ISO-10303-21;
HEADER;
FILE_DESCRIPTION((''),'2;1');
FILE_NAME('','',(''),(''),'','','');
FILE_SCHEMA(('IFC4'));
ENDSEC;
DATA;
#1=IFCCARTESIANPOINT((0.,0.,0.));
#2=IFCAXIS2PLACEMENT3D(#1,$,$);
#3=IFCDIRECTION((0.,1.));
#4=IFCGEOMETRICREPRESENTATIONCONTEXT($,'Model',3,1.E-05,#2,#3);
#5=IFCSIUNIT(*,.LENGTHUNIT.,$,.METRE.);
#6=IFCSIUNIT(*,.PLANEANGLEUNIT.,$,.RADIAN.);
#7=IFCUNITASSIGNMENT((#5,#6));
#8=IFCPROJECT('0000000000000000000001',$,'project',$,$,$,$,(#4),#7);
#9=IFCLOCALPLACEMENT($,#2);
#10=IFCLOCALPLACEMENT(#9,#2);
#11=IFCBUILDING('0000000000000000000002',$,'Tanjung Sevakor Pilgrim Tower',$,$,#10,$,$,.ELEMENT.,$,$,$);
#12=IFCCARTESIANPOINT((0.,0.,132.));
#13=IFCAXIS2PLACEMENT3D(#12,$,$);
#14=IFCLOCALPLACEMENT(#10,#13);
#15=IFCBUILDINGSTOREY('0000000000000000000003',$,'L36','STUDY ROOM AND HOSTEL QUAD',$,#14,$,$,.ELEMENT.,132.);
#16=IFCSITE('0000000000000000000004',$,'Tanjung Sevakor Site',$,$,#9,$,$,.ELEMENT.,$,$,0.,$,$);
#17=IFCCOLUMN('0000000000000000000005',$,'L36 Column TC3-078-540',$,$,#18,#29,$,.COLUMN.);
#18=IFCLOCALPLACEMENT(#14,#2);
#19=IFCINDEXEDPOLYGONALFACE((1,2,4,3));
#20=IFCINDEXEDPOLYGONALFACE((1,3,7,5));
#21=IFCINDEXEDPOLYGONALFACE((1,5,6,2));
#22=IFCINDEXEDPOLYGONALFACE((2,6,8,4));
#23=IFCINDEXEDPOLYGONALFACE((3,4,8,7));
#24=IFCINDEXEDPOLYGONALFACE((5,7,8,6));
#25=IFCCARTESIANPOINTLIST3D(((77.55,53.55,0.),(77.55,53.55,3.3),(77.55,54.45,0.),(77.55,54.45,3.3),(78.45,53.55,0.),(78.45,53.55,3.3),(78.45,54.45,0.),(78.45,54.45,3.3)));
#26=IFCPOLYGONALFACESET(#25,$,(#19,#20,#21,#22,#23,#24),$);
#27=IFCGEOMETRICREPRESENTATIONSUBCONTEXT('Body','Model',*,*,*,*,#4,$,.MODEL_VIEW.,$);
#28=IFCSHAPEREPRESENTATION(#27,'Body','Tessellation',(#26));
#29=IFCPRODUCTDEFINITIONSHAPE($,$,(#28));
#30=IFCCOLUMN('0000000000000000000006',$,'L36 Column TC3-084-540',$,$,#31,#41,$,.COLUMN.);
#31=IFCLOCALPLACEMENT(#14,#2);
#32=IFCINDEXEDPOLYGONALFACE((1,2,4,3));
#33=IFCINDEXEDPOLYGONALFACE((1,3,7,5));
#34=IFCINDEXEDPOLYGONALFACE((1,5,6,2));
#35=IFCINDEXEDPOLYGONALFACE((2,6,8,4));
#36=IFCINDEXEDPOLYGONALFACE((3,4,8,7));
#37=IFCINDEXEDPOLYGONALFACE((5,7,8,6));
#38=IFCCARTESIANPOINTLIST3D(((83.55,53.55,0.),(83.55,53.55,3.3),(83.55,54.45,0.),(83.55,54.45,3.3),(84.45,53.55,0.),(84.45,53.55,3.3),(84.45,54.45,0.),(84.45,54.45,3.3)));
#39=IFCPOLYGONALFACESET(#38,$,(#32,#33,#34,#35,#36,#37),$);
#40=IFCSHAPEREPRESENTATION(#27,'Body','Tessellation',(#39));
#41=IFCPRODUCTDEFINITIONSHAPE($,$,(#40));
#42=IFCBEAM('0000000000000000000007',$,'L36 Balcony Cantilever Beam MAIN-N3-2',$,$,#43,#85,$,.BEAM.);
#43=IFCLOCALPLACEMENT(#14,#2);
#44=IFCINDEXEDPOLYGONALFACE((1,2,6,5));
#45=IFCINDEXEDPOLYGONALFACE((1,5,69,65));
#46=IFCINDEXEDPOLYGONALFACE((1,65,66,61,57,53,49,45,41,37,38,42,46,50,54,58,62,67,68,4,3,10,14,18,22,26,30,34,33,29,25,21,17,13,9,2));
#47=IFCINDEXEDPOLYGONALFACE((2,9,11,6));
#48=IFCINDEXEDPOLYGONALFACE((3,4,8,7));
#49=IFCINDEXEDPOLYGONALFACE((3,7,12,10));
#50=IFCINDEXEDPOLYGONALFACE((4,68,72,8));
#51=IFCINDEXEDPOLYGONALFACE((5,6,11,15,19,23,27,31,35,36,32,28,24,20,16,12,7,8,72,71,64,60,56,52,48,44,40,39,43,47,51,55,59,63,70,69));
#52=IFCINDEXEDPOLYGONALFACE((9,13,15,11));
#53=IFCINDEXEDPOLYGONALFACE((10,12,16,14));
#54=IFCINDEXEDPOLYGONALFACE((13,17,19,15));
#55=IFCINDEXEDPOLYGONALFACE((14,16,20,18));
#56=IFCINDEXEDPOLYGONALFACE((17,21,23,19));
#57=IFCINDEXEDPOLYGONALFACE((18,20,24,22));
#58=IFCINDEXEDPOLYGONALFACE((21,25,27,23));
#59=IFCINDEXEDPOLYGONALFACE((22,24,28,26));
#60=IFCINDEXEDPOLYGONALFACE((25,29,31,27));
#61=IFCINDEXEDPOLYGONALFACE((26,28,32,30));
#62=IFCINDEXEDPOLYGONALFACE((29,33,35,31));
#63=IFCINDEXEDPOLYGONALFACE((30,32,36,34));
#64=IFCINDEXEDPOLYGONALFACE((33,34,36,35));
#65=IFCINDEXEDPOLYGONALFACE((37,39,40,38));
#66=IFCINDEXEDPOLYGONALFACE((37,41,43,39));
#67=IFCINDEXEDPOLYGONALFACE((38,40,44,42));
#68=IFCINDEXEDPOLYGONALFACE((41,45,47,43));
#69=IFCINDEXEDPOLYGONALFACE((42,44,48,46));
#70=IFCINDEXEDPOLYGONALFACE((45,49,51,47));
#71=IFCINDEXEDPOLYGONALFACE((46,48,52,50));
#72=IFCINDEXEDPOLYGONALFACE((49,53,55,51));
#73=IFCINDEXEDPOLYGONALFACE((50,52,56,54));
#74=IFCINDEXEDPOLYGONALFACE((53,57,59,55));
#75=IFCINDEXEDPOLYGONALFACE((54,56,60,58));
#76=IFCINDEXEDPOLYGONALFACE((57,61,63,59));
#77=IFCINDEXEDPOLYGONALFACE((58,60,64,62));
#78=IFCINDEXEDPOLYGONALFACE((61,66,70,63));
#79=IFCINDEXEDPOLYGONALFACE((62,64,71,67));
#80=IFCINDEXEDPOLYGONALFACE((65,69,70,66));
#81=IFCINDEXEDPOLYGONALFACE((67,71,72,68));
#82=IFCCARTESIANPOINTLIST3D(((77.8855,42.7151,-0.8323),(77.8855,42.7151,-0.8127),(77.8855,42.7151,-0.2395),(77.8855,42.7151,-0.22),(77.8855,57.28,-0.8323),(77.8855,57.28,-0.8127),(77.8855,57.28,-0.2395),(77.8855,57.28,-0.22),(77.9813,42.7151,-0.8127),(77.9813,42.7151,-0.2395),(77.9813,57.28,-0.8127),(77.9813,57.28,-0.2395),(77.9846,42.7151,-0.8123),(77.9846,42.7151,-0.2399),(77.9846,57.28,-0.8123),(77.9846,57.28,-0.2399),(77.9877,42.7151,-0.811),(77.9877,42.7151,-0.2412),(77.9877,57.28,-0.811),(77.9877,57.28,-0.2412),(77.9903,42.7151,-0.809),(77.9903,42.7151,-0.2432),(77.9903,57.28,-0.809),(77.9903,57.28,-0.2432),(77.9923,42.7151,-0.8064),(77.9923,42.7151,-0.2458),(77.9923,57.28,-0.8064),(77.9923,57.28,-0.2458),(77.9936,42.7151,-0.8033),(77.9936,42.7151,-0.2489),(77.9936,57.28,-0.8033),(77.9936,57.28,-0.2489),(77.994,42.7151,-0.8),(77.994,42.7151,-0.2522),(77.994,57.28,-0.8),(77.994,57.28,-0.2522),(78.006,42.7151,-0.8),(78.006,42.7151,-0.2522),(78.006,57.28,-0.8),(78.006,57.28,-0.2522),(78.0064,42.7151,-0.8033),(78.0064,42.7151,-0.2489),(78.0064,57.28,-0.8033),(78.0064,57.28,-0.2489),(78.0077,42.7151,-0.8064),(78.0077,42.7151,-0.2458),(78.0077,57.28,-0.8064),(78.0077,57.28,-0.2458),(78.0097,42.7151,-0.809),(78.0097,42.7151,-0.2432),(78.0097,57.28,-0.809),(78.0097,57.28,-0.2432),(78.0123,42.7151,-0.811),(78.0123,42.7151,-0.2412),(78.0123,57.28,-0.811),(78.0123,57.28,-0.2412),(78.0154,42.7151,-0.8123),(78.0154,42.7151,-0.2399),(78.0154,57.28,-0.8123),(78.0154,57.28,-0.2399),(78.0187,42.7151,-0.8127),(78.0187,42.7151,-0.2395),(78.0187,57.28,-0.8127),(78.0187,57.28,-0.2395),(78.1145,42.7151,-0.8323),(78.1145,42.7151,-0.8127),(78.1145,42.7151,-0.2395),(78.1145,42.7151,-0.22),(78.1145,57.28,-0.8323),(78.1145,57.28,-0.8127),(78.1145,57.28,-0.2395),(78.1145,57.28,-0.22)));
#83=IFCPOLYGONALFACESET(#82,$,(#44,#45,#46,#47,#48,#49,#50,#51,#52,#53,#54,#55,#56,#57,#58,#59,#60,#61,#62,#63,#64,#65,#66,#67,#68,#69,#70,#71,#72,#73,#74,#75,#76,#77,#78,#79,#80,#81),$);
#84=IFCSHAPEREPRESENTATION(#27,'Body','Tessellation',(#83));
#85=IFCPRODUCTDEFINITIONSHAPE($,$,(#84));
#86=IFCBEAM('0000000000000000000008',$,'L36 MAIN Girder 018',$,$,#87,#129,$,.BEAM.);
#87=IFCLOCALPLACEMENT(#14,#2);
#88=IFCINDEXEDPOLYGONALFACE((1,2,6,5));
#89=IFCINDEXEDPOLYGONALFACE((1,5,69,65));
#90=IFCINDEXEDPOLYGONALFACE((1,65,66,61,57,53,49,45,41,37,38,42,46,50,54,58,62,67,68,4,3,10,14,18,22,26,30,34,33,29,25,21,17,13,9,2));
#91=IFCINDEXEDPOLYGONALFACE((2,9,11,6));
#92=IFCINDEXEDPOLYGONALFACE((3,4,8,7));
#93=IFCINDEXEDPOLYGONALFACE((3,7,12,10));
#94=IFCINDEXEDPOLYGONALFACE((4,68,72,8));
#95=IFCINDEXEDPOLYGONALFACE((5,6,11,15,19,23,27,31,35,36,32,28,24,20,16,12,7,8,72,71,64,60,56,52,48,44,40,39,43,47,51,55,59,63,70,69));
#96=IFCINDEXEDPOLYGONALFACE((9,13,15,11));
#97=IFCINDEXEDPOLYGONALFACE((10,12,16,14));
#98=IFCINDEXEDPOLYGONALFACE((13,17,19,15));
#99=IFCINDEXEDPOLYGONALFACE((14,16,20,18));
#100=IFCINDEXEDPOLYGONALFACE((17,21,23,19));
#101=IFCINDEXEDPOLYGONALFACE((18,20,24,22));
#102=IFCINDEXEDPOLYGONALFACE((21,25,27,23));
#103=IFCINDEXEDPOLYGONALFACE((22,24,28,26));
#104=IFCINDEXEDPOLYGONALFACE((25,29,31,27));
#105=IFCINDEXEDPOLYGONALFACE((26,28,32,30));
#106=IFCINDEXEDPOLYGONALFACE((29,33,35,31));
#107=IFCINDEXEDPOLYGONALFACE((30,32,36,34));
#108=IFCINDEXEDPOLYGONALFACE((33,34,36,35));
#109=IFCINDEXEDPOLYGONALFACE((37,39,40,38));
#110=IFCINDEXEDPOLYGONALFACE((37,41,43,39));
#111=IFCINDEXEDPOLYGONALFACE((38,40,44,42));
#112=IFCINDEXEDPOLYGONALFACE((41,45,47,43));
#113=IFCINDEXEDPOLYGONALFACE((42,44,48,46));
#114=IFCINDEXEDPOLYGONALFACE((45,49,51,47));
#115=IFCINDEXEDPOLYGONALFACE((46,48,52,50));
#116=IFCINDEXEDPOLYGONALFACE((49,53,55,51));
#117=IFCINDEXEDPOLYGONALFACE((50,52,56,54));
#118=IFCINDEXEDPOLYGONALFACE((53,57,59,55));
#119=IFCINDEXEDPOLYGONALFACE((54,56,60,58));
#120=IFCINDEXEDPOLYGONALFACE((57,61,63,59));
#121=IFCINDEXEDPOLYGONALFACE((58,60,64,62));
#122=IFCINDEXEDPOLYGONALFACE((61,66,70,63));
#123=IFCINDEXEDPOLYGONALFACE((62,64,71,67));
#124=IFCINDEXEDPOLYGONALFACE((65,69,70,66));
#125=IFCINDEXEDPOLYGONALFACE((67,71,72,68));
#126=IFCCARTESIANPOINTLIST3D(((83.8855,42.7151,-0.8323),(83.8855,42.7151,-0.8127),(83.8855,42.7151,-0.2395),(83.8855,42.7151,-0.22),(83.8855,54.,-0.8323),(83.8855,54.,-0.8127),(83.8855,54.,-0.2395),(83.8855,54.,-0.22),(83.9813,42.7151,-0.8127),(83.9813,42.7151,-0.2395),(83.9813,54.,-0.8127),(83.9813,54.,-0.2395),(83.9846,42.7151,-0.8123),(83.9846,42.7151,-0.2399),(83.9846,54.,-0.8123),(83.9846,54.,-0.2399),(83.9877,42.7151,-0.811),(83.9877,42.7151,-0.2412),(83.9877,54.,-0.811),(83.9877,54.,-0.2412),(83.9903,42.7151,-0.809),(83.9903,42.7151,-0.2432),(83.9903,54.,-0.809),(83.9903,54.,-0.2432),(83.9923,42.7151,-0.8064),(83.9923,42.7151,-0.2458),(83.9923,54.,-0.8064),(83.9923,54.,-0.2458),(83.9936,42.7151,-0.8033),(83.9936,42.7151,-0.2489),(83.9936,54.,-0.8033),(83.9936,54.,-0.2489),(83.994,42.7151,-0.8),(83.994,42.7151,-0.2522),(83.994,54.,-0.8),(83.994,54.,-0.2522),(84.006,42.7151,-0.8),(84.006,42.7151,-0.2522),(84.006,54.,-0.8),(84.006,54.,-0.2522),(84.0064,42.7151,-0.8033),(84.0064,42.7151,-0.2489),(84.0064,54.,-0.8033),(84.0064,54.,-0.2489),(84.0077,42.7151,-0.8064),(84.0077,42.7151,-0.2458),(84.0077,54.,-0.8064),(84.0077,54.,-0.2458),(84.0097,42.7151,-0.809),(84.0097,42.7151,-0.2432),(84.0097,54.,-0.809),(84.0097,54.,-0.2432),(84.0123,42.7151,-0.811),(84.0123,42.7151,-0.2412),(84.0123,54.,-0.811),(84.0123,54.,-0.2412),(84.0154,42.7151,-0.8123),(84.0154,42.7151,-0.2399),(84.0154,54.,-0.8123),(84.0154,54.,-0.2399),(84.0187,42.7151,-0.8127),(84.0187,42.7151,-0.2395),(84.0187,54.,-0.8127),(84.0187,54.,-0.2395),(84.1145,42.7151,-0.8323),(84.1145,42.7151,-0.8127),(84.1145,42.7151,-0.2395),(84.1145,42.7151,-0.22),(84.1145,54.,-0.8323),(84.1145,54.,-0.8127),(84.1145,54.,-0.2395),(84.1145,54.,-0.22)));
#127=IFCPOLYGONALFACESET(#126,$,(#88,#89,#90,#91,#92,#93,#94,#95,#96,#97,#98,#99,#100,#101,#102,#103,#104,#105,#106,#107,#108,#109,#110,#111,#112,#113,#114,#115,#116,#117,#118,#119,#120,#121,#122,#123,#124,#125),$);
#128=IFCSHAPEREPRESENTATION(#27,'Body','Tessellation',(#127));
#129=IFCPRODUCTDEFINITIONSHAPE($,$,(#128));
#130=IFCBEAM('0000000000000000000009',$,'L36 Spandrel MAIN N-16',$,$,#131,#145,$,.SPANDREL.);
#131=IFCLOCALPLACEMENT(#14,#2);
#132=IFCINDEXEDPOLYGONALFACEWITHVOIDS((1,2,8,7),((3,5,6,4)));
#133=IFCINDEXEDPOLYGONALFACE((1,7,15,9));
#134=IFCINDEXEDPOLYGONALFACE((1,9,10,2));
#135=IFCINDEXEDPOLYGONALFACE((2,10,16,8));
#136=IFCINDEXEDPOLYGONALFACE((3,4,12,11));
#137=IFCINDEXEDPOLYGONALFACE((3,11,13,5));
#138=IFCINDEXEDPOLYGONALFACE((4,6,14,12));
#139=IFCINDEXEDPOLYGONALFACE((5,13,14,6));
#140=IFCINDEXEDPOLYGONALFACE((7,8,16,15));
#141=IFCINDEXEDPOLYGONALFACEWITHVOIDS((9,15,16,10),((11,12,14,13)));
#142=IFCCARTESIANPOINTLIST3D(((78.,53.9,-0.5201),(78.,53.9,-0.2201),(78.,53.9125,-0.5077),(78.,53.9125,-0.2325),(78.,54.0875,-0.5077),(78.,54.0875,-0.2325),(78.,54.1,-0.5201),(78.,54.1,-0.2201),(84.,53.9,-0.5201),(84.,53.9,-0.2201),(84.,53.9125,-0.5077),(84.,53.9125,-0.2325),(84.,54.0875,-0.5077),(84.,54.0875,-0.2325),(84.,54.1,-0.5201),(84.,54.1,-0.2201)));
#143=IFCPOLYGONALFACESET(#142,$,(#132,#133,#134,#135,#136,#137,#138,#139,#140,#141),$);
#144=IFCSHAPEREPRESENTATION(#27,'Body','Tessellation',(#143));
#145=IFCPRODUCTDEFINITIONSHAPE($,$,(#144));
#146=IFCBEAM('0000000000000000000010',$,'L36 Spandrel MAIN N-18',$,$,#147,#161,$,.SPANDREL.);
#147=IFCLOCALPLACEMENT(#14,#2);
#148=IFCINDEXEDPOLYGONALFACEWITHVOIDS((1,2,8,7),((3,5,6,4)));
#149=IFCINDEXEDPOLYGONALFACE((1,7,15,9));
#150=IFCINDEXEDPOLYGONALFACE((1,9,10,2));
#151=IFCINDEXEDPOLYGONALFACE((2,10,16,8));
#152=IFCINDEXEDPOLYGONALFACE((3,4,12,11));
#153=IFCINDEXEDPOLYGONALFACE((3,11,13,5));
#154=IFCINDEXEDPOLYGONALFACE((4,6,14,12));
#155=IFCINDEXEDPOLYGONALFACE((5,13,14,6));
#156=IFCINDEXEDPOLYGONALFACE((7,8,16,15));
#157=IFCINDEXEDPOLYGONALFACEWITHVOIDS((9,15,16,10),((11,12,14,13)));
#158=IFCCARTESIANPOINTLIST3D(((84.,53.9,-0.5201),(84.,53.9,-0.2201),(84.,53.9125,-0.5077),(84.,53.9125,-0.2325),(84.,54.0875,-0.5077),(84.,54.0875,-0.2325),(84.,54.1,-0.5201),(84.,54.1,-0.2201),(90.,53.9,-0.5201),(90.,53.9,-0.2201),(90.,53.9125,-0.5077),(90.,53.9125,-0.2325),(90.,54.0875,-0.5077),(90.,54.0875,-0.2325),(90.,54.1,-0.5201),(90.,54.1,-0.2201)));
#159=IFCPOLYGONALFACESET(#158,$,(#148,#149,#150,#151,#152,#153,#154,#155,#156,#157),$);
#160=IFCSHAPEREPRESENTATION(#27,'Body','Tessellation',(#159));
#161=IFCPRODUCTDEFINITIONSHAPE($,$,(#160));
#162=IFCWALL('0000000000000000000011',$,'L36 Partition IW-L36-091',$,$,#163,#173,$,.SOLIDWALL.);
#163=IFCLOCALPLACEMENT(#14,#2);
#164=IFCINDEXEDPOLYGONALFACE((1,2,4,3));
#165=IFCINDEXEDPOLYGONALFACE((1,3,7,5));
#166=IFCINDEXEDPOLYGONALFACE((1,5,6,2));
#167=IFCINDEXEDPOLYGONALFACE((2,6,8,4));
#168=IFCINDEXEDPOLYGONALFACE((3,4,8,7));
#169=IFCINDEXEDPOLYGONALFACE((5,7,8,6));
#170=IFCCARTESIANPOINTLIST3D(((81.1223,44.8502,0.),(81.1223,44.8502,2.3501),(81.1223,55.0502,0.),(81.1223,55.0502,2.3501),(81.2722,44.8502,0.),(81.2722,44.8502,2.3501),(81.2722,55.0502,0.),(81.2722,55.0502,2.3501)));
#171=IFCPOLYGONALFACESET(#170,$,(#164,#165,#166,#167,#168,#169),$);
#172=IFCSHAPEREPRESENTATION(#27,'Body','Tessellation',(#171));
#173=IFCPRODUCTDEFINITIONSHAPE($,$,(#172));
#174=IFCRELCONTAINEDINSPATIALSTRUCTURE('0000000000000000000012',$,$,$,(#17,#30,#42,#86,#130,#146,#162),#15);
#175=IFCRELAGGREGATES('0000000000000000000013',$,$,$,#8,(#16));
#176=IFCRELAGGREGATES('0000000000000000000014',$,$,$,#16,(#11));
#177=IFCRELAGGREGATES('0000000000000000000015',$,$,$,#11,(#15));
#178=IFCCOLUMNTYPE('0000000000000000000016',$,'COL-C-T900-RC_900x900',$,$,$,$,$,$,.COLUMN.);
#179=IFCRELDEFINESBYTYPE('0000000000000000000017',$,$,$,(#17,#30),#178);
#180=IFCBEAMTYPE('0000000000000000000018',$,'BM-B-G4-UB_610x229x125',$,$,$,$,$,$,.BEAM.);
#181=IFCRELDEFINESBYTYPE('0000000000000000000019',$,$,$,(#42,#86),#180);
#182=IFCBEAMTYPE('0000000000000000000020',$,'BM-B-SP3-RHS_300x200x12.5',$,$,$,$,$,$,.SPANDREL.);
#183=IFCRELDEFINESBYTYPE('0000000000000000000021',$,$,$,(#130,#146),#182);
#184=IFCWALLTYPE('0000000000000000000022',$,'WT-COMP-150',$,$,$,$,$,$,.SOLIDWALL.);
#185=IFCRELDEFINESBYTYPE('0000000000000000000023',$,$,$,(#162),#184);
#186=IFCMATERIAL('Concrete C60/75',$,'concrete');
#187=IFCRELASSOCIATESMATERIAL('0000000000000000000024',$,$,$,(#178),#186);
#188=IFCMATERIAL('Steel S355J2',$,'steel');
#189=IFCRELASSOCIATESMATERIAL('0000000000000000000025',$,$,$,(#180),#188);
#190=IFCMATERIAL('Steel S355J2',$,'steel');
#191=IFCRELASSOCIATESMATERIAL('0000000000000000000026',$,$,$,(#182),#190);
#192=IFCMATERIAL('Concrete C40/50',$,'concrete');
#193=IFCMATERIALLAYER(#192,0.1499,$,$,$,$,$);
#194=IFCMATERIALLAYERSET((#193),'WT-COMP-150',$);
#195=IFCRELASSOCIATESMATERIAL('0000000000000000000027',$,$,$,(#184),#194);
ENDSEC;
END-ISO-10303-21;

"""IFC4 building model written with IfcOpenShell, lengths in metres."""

from ifc_helpers import new_model, si_unit, direction, frame, frame_2d, origin, origin_2d, place, context, subcontext, project, spatial, rectangle, hollow_rectangle, i_section, extrude, material, layer, layer_set, material_profile, profile_set, type_object, element, save


model = new_model("IFC4")

# Units and contexts
model_context = context("Model", 3, precision=1e-05, world=origin(), true_north=direction((0.0, 1.0)))
body_context = subcontext(model_context, "Body", "Model", "MODEL_VIEW")
ifc_project = project(units=[si_unit("LENGTHUNIT", "METRE"), si_unit("PLANEANGLEUNIT", "RADIAN")], contexts=[model_context])

# Site, building, storey
site_placement = place(None, origin())
site = spatial("IfcSite", under=ifc_project, at=site_placement, Name="Tanjung Sevakor Site", CompositionType="ELEMENT", RefElevation=0.0)
building_placement = place(site_placement, origin())
building = spatial("IfcBuilding", under=site, at=building_placement, Name="Tanjung Sevakor Pilgrim Tower", CompositionType="ELEMENT")
storey_placement = place(building_placement, frame((0.0, 0.0, 132.0)))
storey = spatial("IfcBuildingStorey", under=building, at=storey_placement, Name="L36", Description="STUDY ROOM AND HOSTEL QUAD", CompositionType="ELEMENT", Elevation=132.0)

# Columns
ifc_material_1 = material(Name="Concrete C60/75", Category="concrete")
ifc_material_profile_1 = material_profile(ifc_material_1, rectangle(XDim=0.8999, YDim=0.8999, at=origin_2d()))
ifc_profile_set_1 = profile_set([ifc_material_profile_1], Name="Concrete C60/75")
column_type = type_object("IfcColumnType", Name="COL-C-T900-RC_900x900", PredefinedType="COLUMN", material=ifc_profile_set_1)
for number, where, z_axis, x_axis, name in (
    (1, (78.0, 54.0, 0.0), (0.0, 0.0, 1.0), (1.0, 0.0, 0.0), "L36 Column TC3-078-540"),
    (2, (84.0, 54.0, 0.0), (0.0, 0.0, 1.0), (1.0, 0.0, 0.0), "L36 Column TC3-084-540"),
):
    element("IfcColumn", number, at=place(storey_placement, frame(where, z_axis=z_axis, x_axis=x_axis)), inside=storey, type_object=column_type, Name=name, PredefinedType="COLUMN", context=body_context, shape_type="SweptSolid", body=[
        extrude(rectangle(XDim=0.8999, YDim=0.8999, at=origin_2d()), origin(), (0.0, 0.0, 1.0), 3.3),
    ])

# Beams
ifc_material_2 = material(Name="Steel S355J2", Category="steel")
ifc_material_profile_2 = material_profile(ifc_material_2, i_section(OverallWidth=0.229, OverallDepth=0.6123, WebThickness=0.012, FlangeThickness=0.0195, FilletRadius=0.0127, at=origin_2d()))
ifc_profile_set_2 = profile_set([ifc_material_profile_2], Name="Steel S355J2")
beam_type_1 = type_object("IfcBeamType", Name="BM-B-G4-UB_610x229x125", PredefinedType="BEAM", material=ifc_profile_set_2)
beam_1_placement = place(storey_placement, frame((78.0, 42.7151, -0.5261), z_axis=(0.0, 1.0, 0.0), x_axis=(-1.0, 0.0, 0.0)))
element("IfcBeam", 3, at=beam_1_placement, inside=storey, type_object=beam_type_1, Name="L36 Balcony Cantilever Beam MAIN-N3-2", PredefinedType="BEAM", context=body_context, shape_type="SweptSolid", body=[
    extrude(i_section(OverallWidth=0.229, OverallDepth=0.6123, WebThickness=0.012, FlangeThickness=0.0195, FilletRadius=0.0127, at=origin_2d()), origin(), (0.0, 0.0, 1.0), 14.5649),
])
beam_2_placement = place(storey_placement, frame((84.0, 42.7151, -0.5261), z_axis=(0.0, 1.0, 0.0), x_axis=(-1.0, 0.0, 0.0)))
element("IfcBeam", 4, at=beam_2_placement, inside=storey, type_object=beam_type_1, Name="L36 MAIN Girder 018", PredefinedType="BEAM", context=body_context, shape_type="SweptSolid", body=[
    extrude(i_section(OverallWidth=0.229, OverallDepth=0.6123, WebThickness=0.012, FlangeThickness=0.0195, FilletRadius=0.0127, at=origin_2d()), origin(), (0.0, 0.0, 1.0), 11.2849),
])
ifc_material_3 = material(Name="Steel S355J2", Category="steel")
ifc_material_profile_3 = material_profile(ifc_material_3, hollow_rectangle(XDim=0.2, YDim=0.3, WallThickness=0.0125, at=origin_2d()))
ifc_profile_set_3 = profile_set([ifc_material_profile_3], Name="Steel S355J2")
beam_type_2 = type_object("IfcBeamType", Name="BM-B-SP3-RHS_300x200x12.5", PredefinedType="SPANDREL", material=ifc_profile_set_3)
for number, where, z_axis, x_axis, name in (
    (5, (78.0, 54.0, -0.3701), (1.0, 0.0, 0.0), (0.0, 1.0, 0.0), "L36 Spandrel MAIN N-16"),
    (6, (84.0, 54.0, -0.3701), (1.0, 0.0, 0.0), (0.0, 1.0, 0.0), "L36 Spandrel MAIN N-18"),
):
    element("IfcBeam", number, at=place(storey_placement, frame(where, z_axis=z_axis, x_axis=x_axis)), inside=storey, type_object=beam_type_2, Name=name, PredefinedType="SPANDREL", context=body_context, shape_type="SweptSolid", body=[
        extrude(hollow_rectangle(XDim=0.2, YDim=0.3, WallThickness=0.0125, at=origin_2d()), origin(), (0.0, 0.0, 1.0), 6.0),
    ])

# Wall
ifc_material_4 = material(Name="Concrete C40/50", Category="concrete")
ifc_layer_1 = layer(ifc_material_4, 0.1499)
ifc_layer_set_1 = layer_set([ifc_layer_1], Name="WT-COMP-150")
wall_type_1 = type_object("IfcWallType", Name="WT-COMP-150", PredefinedType="SOLIDWALL", material=ifc_layer_set_1)
wall_1_placement = place(storey_placement, frame((81.1973, 44.8501, 0.0), z_axis=(0.0, 0.0, 1.0), x_axis=(0.0, 1.0, 0.0)))
element("IfcWall", 7, at=wall_1_placement, inside=storey, type_object=wall_type_1, Name="L36 Partition IW-L36-091", PredefinedType="SOLIDWALL", context=body_context, shape_type="SweptSolid", body=[
    extrude(rectangle(XDim=10.2, YDim=0.1499, at=frame_2d((5.1001, 0.0))), origin(), (0.0, 0.0, 1.0), 2.3501),
])

save(model, "model.ifc")
